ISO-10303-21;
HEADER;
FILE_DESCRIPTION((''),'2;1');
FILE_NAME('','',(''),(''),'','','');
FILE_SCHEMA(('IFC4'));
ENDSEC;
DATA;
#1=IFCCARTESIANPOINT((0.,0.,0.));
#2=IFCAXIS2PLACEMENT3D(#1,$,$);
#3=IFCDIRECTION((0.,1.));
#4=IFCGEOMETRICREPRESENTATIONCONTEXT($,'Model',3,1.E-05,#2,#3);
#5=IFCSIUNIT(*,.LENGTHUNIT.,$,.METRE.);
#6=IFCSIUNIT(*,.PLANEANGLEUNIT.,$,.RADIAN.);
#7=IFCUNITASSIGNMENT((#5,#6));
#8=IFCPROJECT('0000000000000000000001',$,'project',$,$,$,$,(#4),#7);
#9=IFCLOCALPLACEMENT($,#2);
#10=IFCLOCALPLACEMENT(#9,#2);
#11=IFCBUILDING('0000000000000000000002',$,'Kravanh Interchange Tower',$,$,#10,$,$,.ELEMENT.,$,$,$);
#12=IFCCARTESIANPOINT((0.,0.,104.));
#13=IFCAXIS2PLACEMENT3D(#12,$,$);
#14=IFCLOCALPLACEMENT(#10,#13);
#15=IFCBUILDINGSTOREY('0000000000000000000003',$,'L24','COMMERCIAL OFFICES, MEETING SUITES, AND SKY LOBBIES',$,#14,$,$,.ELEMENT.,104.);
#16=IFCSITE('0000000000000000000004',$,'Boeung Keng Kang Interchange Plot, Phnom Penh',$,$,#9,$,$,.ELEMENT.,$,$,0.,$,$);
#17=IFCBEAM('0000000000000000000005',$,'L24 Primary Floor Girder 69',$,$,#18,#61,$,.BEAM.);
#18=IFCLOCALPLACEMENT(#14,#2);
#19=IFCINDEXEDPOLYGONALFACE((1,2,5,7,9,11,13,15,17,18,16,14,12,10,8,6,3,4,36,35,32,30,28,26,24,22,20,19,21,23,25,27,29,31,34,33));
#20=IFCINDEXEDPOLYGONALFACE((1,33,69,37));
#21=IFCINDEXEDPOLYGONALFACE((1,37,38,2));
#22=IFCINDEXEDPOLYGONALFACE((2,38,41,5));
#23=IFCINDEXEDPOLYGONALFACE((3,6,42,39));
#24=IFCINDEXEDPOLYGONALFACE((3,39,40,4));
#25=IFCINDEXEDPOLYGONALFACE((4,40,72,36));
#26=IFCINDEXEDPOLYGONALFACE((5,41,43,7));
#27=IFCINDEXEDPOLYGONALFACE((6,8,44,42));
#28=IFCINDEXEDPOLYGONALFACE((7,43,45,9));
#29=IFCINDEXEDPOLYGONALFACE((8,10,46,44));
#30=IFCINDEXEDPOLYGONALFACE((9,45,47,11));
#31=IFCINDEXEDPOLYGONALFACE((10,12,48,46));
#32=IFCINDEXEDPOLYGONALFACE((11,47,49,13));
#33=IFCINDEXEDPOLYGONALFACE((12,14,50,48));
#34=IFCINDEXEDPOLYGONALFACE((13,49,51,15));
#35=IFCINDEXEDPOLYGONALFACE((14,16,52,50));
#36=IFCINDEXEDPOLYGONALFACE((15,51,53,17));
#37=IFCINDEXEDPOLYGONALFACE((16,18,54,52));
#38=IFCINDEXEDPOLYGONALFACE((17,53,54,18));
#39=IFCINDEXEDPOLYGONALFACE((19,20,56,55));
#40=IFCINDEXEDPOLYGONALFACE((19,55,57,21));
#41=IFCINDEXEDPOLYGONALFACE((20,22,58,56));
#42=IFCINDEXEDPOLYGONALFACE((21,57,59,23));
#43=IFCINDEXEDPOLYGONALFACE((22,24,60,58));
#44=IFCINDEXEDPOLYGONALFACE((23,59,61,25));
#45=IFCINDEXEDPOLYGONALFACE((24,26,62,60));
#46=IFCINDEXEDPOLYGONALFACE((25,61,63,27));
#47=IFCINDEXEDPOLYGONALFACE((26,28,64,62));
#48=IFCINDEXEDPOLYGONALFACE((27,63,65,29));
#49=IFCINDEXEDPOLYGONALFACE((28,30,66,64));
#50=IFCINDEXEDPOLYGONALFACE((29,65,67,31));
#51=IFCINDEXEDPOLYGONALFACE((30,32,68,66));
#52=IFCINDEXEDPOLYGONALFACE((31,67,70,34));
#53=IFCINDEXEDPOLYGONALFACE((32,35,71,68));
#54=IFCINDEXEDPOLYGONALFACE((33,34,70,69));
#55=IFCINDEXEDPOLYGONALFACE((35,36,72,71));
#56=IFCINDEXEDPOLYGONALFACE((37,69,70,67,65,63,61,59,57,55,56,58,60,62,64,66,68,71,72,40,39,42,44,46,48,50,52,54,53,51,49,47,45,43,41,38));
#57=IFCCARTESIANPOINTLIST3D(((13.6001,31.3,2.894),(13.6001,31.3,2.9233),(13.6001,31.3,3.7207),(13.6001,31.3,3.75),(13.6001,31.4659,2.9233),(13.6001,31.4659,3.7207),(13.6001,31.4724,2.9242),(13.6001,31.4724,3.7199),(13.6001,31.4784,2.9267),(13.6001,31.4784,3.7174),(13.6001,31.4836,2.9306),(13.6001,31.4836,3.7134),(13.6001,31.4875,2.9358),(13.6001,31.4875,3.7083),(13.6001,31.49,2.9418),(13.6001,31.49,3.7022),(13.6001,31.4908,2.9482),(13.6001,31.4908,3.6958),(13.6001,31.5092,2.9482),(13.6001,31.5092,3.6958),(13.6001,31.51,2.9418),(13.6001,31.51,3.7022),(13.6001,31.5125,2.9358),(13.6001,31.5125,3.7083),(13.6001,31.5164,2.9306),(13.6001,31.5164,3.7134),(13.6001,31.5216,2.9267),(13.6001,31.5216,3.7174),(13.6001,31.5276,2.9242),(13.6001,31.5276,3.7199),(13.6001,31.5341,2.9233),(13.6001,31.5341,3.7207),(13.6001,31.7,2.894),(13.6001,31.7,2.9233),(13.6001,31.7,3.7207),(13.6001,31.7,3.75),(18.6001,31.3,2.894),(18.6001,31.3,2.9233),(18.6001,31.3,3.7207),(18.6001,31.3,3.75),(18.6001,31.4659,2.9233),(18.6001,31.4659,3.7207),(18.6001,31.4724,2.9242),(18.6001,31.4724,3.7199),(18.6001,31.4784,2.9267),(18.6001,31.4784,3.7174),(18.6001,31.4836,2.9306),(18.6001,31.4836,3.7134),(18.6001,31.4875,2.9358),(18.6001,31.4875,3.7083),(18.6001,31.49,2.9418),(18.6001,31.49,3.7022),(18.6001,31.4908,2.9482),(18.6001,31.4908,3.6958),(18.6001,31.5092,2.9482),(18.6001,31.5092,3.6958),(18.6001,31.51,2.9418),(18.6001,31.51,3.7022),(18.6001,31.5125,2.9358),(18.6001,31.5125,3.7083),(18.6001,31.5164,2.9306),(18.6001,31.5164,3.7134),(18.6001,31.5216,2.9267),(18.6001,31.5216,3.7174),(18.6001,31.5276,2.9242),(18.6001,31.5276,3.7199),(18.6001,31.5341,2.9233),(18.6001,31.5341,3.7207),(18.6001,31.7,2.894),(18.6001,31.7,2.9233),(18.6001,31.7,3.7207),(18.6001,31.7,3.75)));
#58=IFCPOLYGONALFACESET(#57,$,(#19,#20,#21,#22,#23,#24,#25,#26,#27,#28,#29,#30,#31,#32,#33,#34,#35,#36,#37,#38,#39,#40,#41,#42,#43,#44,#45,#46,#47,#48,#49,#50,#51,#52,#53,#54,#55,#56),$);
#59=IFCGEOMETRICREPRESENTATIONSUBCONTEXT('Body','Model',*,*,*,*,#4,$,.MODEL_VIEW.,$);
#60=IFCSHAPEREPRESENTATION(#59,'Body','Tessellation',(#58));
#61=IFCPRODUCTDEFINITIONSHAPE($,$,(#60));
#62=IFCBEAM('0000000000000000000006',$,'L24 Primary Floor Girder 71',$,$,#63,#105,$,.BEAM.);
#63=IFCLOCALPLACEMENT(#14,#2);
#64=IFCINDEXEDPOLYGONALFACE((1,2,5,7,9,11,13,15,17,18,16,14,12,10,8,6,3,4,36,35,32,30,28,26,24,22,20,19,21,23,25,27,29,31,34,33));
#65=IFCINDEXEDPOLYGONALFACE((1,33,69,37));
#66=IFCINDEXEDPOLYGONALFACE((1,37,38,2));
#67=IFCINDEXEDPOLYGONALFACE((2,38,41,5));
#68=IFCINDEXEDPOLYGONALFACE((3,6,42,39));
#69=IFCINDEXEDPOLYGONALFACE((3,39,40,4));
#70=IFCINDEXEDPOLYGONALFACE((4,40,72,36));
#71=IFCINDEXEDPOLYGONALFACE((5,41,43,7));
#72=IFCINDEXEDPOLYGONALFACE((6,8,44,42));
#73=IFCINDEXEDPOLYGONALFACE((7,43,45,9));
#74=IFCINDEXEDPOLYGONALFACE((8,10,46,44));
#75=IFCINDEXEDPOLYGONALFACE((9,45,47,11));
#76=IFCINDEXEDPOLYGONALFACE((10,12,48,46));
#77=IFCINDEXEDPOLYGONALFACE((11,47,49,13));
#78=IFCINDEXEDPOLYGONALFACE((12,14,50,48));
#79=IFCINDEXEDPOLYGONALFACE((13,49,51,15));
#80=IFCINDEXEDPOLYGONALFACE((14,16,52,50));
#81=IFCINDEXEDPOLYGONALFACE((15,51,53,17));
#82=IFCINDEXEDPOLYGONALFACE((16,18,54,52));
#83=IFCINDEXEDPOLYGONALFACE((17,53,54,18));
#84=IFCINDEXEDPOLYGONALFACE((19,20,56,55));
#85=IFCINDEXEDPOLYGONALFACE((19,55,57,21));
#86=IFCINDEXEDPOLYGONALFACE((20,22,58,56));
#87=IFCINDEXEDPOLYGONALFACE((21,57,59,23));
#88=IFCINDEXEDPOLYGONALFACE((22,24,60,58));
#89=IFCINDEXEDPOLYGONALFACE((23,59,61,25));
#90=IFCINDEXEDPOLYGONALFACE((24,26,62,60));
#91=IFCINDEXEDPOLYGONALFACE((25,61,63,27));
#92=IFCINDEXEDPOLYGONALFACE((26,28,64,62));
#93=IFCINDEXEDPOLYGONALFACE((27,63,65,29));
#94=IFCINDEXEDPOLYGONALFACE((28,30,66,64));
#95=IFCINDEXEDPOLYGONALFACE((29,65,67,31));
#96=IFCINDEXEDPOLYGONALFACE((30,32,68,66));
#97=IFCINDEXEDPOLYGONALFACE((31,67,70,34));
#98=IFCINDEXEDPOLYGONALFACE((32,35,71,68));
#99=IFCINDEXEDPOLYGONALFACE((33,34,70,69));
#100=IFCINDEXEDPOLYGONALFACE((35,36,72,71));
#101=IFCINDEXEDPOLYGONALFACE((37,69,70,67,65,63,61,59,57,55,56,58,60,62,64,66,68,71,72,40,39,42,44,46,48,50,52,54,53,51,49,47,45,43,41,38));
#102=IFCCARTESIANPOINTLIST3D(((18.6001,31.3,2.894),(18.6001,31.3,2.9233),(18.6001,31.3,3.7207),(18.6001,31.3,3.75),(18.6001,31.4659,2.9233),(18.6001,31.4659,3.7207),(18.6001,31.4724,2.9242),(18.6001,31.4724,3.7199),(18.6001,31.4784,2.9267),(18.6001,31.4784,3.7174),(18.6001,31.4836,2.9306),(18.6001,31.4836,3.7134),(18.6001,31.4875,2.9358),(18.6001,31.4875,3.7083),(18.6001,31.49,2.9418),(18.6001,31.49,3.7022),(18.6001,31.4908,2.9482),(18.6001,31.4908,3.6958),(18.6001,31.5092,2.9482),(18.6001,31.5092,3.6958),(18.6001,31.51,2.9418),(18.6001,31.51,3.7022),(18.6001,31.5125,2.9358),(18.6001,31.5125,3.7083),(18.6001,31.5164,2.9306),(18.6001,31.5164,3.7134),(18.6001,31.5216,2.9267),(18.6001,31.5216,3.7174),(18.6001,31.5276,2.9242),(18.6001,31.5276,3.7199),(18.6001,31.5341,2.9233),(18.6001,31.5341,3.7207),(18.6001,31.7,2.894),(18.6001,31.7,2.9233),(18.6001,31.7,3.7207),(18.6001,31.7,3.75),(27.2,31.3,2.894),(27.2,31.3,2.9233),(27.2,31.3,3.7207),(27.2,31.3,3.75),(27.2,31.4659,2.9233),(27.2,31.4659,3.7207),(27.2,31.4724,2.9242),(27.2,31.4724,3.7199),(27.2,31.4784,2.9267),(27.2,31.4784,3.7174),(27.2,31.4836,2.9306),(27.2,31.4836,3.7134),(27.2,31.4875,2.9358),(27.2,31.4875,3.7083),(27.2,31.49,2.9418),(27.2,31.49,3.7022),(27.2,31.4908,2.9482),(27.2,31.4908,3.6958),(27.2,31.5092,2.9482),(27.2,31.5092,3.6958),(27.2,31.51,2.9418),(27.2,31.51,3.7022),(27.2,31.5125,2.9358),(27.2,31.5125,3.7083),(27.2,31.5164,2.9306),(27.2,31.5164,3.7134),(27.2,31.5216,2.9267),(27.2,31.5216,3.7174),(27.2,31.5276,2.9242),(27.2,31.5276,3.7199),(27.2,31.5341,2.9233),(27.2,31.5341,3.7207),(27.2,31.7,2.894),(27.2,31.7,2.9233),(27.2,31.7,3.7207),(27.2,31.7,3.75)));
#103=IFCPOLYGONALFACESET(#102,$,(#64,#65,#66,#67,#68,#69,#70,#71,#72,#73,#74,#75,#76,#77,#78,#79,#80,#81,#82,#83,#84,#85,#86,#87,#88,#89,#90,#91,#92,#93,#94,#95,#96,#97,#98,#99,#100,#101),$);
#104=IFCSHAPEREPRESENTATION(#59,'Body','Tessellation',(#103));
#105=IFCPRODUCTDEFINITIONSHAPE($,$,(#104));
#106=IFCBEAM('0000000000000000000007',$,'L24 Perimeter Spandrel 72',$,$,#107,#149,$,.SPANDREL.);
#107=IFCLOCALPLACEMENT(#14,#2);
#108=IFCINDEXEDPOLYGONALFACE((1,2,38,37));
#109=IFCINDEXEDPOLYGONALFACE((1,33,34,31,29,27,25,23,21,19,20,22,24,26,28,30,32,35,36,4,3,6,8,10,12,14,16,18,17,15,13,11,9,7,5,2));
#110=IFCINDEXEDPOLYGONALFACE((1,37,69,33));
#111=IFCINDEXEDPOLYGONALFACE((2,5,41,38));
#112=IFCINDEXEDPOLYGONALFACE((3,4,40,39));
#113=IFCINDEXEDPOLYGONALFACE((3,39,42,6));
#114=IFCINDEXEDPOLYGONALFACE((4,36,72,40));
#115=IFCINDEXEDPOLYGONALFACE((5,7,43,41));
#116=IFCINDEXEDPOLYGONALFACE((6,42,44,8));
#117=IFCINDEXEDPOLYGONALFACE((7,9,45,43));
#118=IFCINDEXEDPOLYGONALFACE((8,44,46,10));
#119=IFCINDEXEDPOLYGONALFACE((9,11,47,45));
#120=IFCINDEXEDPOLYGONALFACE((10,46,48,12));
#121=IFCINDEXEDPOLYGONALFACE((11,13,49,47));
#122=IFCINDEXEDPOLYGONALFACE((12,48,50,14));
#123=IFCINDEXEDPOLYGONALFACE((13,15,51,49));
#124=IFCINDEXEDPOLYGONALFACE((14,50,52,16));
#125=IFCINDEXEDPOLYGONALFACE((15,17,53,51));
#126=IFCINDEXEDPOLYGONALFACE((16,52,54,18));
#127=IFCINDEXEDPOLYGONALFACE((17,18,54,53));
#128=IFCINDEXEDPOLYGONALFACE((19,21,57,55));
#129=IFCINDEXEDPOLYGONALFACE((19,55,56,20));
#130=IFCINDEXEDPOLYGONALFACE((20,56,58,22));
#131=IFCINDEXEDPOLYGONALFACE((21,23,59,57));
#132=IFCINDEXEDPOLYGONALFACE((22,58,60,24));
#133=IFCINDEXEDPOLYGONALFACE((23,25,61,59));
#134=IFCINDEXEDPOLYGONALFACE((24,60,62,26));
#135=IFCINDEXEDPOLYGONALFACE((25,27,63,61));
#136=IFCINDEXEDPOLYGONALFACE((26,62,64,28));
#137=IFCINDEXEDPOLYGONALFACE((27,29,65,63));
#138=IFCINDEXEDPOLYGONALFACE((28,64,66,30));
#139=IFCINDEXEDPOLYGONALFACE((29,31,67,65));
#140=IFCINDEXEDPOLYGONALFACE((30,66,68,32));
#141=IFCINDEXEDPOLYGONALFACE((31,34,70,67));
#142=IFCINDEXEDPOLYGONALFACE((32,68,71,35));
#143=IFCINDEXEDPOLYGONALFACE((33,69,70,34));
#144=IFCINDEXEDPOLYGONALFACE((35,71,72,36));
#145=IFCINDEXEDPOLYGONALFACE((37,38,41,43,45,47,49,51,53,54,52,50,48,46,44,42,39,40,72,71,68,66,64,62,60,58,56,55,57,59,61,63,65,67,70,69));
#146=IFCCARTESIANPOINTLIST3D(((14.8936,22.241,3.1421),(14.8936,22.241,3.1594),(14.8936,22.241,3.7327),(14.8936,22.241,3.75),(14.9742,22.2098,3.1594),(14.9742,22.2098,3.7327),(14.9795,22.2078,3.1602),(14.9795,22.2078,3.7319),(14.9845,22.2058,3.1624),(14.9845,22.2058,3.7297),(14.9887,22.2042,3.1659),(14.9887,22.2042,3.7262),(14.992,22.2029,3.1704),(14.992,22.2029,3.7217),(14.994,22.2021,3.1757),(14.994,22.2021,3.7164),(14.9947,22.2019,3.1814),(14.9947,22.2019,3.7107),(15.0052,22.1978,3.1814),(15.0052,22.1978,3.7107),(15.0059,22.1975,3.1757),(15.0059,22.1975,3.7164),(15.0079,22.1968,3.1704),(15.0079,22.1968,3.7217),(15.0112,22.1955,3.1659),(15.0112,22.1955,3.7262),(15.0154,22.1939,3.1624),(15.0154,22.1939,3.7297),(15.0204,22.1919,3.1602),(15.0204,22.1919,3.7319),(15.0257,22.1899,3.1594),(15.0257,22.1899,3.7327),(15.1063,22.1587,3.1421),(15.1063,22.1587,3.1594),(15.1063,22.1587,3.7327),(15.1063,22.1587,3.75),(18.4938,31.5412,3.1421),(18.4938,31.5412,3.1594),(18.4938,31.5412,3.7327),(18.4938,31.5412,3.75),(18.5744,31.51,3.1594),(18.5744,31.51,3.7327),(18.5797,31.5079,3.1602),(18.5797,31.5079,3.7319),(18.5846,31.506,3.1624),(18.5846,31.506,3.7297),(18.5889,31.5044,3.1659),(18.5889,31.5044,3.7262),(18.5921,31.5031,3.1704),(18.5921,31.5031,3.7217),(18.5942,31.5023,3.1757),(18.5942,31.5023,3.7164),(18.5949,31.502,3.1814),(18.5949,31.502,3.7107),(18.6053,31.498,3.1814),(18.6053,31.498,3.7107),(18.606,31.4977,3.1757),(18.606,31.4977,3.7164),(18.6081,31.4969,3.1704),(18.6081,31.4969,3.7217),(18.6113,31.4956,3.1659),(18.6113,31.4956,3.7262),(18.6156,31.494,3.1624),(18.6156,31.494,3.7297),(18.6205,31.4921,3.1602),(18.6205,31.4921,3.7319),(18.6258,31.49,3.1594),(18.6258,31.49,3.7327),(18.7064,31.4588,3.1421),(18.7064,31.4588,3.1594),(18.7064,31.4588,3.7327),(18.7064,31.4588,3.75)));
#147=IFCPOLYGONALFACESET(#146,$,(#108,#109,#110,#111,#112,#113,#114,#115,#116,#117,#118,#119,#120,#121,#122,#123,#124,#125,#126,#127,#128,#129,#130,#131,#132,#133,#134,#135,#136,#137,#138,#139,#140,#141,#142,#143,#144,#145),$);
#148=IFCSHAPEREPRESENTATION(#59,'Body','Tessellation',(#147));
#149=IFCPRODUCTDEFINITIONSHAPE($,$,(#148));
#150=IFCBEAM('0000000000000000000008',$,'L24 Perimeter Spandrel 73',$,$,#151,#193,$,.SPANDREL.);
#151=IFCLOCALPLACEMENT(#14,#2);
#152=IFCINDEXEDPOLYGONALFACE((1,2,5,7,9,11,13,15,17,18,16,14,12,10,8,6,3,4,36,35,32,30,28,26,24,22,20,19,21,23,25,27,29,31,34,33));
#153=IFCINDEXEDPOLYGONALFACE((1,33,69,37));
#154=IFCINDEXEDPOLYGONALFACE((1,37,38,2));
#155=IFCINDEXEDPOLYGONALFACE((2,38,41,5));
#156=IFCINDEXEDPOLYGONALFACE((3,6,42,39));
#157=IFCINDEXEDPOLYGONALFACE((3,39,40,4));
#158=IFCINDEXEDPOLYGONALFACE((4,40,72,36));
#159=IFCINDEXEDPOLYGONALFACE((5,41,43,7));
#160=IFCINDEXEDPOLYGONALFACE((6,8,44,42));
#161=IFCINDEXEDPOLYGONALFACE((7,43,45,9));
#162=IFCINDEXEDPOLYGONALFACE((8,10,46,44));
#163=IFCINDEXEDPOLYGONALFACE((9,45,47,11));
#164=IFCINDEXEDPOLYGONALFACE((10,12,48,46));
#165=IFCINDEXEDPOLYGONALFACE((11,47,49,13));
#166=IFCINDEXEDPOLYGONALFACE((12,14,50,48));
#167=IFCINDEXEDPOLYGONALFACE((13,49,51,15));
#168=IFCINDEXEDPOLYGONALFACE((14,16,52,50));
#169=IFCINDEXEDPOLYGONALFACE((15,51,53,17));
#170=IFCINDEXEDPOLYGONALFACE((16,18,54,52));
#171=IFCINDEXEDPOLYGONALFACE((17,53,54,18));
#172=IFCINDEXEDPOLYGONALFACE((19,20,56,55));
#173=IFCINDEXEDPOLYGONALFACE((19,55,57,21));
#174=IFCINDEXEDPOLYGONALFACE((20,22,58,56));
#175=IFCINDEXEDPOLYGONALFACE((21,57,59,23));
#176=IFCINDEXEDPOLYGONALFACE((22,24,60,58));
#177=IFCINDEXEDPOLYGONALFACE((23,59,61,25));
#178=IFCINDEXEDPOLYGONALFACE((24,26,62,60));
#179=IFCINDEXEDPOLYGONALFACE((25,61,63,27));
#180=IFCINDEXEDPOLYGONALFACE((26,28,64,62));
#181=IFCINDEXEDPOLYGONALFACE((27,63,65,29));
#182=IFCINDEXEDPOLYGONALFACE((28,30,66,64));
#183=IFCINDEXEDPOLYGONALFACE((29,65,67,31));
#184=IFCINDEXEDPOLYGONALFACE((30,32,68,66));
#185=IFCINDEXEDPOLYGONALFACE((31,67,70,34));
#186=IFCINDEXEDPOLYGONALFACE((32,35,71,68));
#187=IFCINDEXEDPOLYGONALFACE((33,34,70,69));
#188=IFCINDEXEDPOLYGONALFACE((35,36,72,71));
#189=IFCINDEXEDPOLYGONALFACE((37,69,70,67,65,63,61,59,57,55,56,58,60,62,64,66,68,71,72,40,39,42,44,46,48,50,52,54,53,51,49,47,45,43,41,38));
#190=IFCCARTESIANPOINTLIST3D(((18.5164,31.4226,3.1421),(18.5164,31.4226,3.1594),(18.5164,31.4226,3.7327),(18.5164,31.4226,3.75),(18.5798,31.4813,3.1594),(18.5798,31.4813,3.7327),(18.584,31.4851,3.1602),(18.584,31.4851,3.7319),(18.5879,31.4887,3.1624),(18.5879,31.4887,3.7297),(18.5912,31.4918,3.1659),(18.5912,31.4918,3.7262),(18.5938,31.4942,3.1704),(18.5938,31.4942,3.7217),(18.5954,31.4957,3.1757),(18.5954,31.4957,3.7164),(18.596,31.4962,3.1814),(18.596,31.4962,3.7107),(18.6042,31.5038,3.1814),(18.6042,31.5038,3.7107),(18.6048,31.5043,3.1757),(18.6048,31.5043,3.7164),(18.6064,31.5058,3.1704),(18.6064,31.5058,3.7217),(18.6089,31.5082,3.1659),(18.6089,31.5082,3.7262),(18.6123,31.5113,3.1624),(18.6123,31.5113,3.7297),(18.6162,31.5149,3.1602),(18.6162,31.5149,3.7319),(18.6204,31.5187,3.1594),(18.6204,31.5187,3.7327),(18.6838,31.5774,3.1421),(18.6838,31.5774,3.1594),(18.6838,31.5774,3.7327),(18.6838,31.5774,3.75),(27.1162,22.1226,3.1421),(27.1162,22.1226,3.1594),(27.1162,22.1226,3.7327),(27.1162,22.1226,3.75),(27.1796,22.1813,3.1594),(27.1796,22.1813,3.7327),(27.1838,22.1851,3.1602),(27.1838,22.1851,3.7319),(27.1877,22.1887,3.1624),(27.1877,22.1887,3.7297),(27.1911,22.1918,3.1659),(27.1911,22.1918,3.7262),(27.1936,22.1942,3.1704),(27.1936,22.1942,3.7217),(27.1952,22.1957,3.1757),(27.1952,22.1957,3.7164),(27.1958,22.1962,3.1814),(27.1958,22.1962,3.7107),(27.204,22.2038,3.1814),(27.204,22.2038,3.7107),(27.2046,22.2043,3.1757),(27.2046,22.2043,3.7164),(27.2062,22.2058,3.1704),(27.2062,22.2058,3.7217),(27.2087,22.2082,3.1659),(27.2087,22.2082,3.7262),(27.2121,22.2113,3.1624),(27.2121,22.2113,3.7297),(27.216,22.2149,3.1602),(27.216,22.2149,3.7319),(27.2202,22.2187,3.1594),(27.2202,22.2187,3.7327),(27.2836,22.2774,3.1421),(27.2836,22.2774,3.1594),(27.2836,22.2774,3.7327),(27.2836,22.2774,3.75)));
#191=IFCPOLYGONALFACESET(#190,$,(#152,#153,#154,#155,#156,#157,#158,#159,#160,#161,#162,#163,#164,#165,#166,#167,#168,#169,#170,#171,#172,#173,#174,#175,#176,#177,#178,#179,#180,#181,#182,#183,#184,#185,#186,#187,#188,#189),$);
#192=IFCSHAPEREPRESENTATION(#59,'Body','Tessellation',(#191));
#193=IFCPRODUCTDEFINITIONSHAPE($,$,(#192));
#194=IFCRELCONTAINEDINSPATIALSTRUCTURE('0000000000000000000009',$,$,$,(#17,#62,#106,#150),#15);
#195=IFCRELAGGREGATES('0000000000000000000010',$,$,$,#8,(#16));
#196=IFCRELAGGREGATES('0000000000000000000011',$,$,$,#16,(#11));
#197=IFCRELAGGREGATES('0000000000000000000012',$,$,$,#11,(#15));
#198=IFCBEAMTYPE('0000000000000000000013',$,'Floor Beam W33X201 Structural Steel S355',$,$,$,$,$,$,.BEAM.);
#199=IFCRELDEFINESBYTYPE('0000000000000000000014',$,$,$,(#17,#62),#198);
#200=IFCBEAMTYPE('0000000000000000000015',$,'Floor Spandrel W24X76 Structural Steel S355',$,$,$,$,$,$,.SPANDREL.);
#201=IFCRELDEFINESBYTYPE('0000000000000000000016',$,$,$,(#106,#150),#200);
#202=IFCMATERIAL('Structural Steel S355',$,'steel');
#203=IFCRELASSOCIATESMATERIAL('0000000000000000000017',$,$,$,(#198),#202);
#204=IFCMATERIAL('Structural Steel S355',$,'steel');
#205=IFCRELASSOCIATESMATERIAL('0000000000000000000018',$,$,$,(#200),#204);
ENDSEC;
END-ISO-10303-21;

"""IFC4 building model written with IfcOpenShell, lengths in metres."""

from ifc_helpers import new_model, si_unit, direction, frame, origin, origin_2d, place, context, subcontext, project, spatial, i_section, extrude, material, material_profile, profile_set, type_object, element, save


model = new_model("IFC4")

# Units and contexts
model_context = context("Model", 3, precision=1e-05, world=origin(), true_north=direction((0.0, 1.0)))
body_context = subcontext(model_context, "Body", "Model", "MODEL_VIEW")
ifc_project = project(units=[si_unit("LENGTHUNIT", "METRE"), si_unit("PLANEANGLEUNIT", "RADIAN")], contexts=[model_context])

# Site, building, storey
site_placement = place(None, origin())
site = spatial("IfcSite", under=ifc_project, at=site_placement, Name="Boeung Keng Kang Interchange Plot, Phnom Penh", CompositionType="ELEMENT", RefElevation=0.0)
building_placement = place(site_placement, origin())
building = spatial("IfcBuilding", under=site, at=building_placement, Name="Kravanh Interchange Tower", CompositionType="ELEMENT")
storey_placement = place(building_placement, frame((0.0, 0.0, 104.0)))
storey = spatial("IfcBuildingStorey", under=building, at=storey_placement, Name="L24", Description="COMMERCIAL OFFICES, MEETING SUITES, AND SKY LOBBIES", CompositionType="ELEMENT", Elevation=104.0)

# Beams
ifc_material_1 = material(Name="Structural Steel S355", Category="steel")
ifc_material_profile_1 = material_profile(ifc_material_1, i_section(OverallWidth=0.3999, OverallDepth=0.856, WebThickness=0.0183, FlangeThickness=0.0293, FilletRadius=0.0249, at=origin_2d()), Name="W33X201")
ifc_profile_set_1 = profile_set([ifc_material_profile_1], Name="Structural Steel S355")
beam_type_1 = type_object("IfcBeamType", Name="Floor Beam W33X201 Structural Steel S355", PredefinedType="BEAM", material=ifc_profile_set_1)
beam_1_placement = place(storey_placement, frame((13.6001, 31.5, 3.322), z_axis=(1.0, 0.0, 0.0), x_axis=(0.0, 1.0, 0.0)))
element("IfcBeam", 1, at=beam_1_placement, inside=storey, type_object=beam_type_1, Name="L24 Primary Floor Girder 69", PredefinedType="BEAM", context=body_context, shape_type="SweptSolid", body=[
    extrude(i_section(OverallWidth=0.3999, OverallDepth=0.856, WebThickness=0.0183, FlangeThickness=0.0293, FilletRadius=0.0249, at=origin_2d()), origin(), (0.0, 0.0, 1.0), 5.0),
])
beam_2_placement = place(storey_placement, frame((18.6001, 31.5, 3.322), z_axis=(1.0, 0.0, 0.0), x_axis=(0.0, 1.0, 0.0)))
element("IfcBeam", 2, at=beam_2_placement, inside=storey, type_object=beam_type_1, Name="L24 Primary Floor Girder 71", PredefinedType="BEAM", context=body_context, shape_type="SweptSolid", body=[
    extrude(i_section(OverallWidth=0.3999, OverallDepth=0.856, WebThickness=0.0183, FlangeThickness=0.0293, FilletRadius=0.0249, at=origin_2d()), origin(), (0.0, 0.0, 1.0), 8.5999),
])
ifc_material_2 = material(Name="Structural Steel S355", Category="steel")
ifc_material_profile_2 = material_profile(ifc_material_2, i_section(OverallWidth=0.228, OverallDepth=0.6079, WebThickness=0.0112, FlangeThickness=0.0173, FilletRadius=0.022, at=origin_2d()), Name="W24X76")
ifc_profile_set_2 = profile_set([ifc_material_profile_2], Name="Structural Steel S355")
beam_type_2 = type_object("IfcBeamType", Name="Floor Spandrel W24X76 Structural Steel S355", PredefinedType="SPANDREL", material=ifc_profile_set_2)
beam_3_placement = place(storey_placement, frame((18.6001, 31.5, 3.446), z_axis=(-0.361001, -0.932565, 0.0), x_axis=(0.932565, -0.361001, 0.0)))
element("IfcBeam", 3, at=beam_3_placement, inside=storey, type_object=beam_type_2, Name="L24 Perimeter Spandrel 72", PredefinedType="SPANDREL", context=body_context, shape_type="SweptSolid", body=[
    extrude(i_section(OverallWidth=0.228, OverallDepth=0.6079, WebThickness=0.0112, FlangeThickness=0.0173, FilletRadius=0.022, at=origin_2d()), origin(), (0.0, 0.0, 1.0), 9.9727),
])
beam_4_placement = place(storey_placement, frame((18.6001, 31.5, 3.446), z_axis=(0.678927, -0.734205, 0.0), x_axis=(0.734205, 0.678927, 0.0)))
element("IfcBeam", 4, at=beam_4_placement, inside=storey, type_object=beam_type_2, Name="L24 Perimeter Spandrel 73", PredefinedType="SPANDREL", context=body_context, shape_type="SweptSolid", body=[
    extrude(i_section(OverallWidth=0.228, OverallDepth=0.6079, WebThickness=0.0112, FlangeThickness=0.0173, FilletRadius=0.022, at=origin_2d()), origin(), (0.0, 0.0, 1.0), 12.6667),
])

save(model, "model.ifc")
